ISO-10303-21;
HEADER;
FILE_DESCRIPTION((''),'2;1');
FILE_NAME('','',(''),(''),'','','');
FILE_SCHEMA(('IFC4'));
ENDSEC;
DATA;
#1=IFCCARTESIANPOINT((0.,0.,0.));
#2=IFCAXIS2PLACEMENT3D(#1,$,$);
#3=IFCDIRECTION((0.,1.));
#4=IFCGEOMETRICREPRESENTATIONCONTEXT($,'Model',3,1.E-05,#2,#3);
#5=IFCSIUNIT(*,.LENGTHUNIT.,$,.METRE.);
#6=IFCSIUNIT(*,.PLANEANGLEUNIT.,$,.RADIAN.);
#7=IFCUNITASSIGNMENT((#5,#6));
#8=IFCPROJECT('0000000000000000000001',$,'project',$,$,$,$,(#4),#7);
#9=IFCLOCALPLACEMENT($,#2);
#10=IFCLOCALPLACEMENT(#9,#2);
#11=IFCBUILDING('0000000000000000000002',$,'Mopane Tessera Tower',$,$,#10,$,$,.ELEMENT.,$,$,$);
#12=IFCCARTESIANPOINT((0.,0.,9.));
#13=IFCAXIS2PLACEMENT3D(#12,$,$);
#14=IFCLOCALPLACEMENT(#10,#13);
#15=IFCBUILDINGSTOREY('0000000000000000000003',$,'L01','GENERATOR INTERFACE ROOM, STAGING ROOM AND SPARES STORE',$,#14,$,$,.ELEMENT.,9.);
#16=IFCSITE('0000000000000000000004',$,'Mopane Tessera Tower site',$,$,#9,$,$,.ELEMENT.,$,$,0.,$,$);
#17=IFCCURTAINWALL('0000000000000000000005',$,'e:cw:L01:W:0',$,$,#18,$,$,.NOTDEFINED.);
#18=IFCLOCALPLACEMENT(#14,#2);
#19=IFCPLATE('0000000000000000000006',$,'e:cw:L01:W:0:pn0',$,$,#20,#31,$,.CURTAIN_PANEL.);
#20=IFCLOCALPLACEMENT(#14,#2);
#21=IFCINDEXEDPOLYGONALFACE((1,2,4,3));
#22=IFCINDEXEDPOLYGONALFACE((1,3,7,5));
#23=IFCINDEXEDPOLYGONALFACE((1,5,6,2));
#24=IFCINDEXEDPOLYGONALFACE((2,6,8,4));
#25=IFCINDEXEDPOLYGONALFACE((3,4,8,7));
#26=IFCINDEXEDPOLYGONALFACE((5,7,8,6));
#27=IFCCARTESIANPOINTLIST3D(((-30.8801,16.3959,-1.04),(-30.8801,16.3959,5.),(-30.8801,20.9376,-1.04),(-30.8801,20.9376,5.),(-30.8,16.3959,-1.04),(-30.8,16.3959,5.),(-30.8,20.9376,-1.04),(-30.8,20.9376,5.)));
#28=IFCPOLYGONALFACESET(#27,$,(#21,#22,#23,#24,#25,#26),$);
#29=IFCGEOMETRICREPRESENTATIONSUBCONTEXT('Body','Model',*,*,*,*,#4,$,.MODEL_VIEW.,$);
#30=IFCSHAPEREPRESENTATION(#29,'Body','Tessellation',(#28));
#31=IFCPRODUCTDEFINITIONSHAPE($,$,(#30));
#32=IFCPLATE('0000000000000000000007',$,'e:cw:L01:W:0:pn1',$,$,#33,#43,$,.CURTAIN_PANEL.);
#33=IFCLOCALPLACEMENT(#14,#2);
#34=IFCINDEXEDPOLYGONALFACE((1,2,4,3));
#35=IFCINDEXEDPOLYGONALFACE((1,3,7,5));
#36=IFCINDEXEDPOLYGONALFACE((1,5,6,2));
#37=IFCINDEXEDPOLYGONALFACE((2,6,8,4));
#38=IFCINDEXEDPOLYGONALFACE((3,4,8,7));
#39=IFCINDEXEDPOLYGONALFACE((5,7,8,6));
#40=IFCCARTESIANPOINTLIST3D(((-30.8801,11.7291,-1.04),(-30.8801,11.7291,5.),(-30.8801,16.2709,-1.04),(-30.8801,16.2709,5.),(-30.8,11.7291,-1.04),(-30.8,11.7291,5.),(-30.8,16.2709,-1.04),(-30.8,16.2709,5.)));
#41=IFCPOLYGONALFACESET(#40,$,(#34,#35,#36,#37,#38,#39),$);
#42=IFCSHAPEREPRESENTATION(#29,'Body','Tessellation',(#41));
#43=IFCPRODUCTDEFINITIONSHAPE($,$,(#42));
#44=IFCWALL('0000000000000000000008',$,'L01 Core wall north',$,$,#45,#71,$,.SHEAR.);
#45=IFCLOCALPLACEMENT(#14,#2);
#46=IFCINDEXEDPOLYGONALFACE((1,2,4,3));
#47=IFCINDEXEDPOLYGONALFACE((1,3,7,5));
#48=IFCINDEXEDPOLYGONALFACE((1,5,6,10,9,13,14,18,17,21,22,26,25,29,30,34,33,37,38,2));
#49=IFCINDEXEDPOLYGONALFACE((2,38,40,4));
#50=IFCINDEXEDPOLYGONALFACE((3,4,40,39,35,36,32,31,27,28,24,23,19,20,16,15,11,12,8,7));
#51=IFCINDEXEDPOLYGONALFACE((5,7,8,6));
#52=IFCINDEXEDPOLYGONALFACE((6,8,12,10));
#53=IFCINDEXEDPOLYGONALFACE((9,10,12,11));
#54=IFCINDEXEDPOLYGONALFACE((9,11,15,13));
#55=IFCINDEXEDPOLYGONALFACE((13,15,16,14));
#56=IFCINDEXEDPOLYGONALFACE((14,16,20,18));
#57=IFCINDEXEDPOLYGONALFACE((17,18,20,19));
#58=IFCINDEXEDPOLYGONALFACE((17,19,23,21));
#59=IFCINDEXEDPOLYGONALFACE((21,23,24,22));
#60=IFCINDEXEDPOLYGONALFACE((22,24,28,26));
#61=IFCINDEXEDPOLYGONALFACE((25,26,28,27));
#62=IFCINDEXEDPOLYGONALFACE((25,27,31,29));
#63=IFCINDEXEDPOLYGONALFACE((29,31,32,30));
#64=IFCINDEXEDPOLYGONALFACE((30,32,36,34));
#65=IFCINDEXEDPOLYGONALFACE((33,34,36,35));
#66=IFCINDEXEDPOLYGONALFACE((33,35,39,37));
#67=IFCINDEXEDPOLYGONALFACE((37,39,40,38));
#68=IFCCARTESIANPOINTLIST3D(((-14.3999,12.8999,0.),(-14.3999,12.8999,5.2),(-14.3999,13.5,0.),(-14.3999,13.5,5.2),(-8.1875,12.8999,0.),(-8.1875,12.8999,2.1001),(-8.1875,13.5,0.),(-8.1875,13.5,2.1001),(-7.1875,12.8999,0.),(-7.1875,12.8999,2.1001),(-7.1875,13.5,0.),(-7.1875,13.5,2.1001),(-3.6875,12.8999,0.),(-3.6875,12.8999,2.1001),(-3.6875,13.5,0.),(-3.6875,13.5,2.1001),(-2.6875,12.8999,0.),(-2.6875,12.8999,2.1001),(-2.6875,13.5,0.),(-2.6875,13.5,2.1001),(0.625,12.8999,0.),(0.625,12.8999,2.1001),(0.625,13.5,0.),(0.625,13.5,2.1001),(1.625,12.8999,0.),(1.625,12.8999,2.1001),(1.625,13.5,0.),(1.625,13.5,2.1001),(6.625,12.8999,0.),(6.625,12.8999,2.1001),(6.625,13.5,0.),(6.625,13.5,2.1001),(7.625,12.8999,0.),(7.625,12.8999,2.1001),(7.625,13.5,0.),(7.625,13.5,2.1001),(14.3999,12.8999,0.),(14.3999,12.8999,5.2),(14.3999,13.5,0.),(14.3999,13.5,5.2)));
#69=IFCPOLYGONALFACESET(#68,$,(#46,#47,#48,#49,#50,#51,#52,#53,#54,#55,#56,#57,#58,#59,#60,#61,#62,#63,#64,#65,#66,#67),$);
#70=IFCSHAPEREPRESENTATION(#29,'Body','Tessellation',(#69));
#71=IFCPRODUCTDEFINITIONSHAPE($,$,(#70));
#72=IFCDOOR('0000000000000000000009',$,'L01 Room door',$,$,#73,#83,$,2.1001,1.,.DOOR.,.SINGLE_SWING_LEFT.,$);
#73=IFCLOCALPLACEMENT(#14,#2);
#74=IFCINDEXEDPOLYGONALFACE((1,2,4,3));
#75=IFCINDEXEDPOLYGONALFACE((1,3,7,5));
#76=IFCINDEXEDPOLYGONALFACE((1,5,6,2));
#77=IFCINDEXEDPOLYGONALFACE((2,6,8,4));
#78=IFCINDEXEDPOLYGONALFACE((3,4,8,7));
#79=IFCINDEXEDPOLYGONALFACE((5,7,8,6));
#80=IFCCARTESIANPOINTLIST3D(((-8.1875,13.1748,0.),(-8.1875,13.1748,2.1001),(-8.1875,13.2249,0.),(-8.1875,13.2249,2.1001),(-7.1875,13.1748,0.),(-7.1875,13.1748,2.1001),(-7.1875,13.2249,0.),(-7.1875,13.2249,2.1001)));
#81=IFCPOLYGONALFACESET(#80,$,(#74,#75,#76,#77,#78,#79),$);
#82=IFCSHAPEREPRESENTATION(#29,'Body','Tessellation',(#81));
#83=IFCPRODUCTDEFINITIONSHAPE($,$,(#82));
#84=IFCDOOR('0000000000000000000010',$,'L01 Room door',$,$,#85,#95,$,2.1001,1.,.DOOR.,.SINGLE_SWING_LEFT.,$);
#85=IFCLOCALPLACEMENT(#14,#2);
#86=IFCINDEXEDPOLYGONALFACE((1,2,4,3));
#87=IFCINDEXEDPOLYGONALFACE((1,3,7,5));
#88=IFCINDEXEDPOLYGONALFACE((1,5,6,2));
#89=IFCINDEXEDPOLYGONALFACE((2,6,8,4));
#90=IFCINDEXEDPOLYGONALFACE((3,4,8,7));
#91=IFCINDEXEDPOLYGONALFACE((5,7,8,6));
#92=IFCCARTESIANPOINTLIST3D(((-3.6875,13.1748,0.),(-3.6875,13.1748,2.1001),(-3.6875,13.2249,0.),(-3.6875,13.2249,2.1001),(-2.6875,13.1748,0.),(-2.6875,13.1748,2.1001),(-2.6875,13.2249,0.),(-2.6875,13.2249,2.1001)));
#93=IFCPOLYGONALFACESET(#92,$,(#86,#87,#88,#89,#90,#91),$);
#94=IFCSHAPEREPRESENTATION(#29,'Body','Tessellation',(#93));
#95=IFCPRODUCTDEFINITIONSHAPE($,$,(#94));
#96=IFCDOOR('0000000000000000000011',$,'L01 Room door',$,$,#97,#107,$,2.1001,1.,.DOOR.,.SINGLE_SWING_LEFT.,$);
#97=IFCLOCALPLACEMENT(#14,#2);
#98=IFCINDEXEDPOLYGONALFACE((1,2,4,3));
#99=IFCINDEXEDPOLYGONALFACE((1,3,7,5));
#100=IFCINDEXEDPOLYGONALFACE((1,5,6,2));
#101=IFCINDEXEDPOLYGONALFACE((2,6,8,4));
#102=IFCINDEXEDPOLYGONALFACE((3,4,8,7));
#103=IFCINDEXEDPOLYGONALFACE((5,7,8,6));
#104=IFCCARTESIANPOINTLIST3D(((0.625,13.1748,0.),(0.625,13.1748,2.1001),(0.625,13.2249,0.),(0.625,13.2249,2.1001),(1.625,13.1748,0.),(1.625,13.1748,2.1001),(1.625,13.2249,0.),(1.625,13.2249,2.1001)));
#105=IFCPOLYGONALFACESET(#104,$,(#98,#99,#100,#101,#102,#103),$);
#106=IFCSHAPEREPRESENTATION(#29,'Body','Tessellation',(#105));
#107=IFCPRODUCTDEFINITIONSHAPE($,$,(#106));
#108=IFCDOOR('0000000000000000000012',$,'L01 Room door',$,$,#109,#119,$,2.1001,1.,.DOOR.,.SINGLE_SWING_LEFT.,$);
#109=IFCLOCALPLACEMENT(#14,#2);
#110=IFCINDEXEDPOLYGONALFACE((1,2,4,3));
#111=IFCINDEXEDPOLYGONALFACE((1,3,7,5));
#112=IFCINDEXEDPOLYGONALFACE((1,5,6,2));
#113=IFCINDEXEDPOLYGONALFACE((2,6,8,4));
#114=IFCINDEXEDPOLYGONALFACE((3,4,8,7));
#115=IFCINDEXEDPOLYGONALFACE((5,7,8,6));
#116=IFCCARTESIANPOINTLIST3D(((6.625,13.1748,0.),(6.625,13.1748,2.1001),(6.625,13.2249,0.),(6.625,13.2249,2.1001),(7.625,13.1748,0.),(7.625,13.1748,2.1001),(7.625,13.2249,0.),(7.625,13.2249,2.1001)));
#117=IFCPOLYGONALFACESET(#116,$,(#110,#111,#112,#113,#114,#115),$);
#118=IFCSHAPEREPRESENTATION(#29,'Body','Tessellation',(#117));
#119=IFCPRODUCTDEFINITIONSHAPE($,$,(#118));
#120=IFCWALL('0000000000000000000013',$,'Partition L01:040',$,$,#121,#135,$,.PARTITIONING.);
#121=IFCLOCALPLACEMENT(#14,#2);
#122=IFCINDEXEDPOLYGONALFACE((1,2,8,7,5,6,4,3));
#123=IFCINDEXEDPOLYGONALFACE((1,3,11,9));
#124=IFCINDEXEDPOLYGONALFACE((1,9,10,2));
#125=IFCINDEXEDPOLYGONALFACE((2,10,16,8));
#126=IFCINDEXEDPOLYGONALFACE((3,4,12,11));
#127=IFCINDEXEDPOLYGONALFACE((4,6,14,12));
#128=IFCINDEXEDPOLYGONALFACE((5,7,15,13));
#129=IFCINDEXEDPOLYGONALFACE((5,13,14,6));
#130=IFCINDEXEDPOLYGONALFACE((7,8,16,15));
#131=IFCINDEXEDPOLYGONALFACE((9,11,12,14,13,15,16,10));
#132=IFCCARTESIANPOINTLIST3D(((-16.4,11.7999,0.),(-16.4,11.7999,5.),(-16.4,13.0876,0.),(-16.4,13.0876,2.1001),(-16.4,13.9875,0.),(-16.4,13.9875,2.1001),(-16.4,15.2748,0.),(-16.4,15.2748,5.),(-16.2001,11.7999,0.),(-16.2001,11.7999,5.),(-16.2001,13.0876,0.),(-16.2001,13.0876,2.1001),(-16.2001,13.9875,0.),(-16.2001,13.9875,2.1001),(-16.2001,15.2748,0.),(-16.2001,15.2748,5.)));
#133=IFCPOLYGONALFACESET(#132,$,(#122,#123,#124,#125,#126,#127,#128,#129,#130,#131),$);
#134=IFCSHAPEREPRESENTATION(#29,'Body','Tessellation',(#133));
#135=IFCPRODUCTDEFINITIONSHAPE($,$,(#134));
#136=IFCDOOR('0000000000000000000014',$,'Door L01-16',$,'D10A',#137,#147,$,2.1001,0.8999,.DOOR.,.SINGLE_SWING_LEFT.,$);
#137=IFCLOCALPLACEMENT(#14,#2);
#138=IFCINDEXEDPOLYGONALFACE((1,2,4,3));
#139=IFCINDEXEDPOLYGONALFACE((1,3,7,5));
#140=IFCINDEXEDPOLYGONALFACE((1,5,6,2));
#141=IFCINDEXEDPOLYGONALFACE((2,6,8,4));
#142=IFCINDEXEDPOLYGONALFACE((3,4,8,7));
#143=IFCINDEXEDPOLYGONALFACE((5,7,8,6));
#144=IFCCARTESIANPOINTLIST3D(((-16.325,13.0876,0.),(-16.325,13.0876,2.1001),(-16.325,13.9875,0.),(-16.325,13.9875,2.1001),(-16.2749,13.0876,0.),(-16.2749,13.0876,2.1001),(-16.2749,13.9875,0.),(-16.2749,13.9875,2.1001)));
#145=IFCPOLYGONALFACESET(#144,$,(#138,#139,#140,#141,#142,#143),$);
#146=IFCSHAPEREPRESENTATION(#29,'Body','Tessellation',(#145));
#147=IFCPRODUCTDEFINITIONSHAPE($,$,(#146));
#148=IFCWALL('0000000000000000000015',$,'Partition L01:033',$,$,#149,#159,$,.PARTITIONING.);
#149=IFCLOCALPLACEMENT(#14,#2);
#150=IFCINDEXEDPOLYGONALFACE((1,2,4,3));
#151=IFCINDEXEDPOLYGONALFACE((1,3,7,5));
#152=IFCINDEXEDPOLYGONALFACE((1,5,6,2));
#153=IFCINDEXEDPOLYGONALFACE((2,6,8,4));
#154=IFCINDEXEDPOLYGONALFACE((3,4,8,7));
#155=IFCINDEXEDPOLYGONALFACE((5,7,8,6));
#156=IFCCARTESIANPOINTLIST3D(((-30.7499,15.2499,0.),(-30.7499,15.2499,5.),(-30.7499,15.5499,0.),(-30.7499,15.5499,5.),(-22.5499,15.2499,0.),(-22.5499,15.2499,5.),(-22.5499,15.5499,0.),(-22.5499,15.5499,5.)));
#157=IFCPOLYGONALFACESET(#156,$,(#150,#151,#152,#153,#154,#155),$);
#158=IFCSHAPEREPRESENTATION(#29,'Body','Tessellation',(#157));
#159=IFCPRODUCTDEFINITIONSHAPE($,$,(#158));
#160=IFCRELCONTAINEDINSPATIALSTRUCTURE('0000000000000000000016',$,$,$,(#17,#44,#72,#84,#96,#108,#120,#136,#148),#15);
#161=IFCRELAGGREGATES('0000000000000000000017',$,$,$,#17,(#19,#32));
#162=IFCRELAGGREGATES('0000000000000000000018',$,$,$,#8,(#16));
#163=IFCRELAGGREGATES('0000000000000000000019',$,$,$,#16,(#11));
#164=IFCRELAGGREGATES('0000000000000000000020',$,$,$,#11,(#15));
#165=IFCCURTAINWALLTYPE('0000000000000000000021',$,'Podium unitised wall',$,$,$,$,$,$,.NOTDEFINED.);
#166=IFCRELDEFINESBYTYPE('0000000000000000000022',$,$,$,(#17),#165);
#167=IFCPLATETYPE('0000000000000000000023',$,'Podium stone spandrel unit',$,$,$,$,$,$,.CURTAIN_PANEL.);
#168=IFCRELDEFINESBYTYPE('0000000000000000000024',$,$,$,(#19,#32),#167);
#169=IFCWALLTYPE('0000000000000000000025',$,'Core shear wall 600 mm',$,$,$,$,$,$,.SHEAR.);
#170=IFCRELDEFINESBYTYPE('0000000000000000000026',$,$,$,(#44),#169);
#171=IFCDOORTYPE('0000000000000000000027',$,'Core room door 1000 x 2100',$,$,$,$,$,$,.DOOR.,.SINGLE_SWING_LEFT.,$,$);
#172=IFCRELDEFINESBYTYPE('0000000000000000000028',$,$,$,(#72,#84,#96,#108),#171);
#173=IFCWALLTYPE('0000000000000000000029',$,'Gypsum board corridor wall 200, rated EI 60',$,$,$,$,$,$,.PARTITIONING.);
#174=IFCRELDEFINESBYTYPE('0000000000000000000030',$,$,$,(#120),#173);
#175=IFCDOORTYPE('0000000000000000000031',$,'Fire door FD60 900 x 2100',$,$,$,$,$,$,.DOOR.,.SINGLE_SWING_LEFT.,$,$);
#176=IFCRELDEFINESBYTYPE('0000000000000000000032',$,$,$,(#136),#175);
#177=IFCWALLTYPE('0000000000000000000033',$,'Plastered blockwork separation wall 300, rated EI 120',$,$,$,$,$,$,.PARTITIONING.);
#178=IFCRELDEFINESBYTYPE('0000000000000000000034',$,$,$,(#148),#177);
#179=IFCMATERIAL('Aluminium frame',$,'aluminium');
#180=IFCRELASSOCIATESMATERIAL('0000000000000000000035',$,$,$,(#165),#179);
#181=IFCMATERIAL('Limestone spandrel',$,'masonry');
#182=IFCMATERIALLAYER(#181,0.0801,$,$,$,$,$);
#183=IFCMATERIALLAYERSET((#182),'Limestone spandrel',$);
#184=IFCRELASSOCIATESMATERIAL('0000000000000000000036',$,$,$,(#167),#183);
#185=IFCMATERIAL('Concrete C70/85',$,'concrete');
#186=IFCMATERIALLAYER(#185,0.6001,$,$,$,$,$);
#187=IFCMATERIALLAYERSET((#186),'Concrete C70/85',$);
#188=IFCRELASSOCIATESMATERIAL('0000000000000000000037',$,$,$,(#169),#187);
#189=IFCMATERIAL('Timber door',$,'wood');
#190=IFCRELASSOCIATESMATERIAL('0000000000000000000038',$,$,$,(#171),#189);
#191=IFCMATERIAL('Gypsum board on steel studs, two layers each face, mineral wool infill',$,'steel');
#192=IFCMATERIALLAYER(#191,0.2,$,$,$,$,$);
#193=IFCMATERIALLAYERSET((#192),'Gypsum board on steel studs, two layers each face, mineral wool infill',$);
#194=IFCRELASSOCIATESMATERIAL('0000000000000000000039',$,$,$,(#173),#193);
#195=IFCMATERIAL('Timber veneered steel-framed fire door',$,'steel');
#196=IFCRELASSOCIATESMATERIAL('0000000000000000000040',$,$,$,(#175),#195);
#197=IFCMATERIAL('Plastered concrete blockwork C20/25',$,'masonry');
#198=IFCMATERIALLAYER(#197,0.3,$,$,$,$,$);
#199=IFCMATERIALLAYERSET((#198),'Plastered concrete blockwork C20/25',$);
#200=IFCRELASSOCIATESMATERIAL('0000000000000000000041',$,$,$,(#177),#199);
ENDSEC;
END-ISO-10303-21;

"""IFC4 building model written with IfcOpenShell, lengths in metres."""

from ifc_helpers import new_model, si_unit, direction, frame, frame_2d, origin, origin_2d, place, context, subcontext, project, spatial, rectangle, extrude, material, layer, layer_set, type_object, element, fill, aggregate, save


model = new_model("IFC4")

# Units and contexts
model_context = context("Model", 3, precision=1e-05, world=origin(), true_north=direction((0.0, 1.0)))
body_context = subcontext(model_context, "Body", "Model", "MODEL_VIEW")
ifc_project = project(units=[si_unit("LENGTHUNIT", "METRE"), si_unit("PLANEANGLEUNIT", "RADIAN")], contexts=[model_context])

# Site, building, storey
site_placement = place(None, origin())
site = spatial("IfcSite", under=ifc_project, at=site_placement, Name="Mopane Tessera Tower site", CompositionType="ELEMENT", RefElevation=0.0)
building_placement = place(site_placement, origin())
building = spatial("IfcBuilding", under=site, at=building_placement, Name="Mopane Tessera Tower", CompositionType="ELEMENT")
storey_placement = place(building_placement, frame((0.0, 0.0, 9.0)))
storey = spatial("IfcBuildingStorey", under=building, at=storey_placement, Name="L01", Description="GENERATOR INTERFACE ROOM, STAGING ROOM AND SPARES STORE", CompositionType="ELEMENT", Elevation=9.0)

# Curtain wall
ifc_material_1 = material(Name="Aluminium frame", Category="aluminium")
curtain_wall_type = type_object("IfcCurtainWallType", Name="Podium unitised wall", PredefinedType="NOTDEFINED", material=ifc_material_1)
curtain_wall_1_placement = place(storey_placement, origin())
curtain_wall_1 = element("IfcCurtainWall", 1, at=curtain_wall_1_placement, inside=storey, type_object=curtain_wall_type, Name="e:cw:L01:W:0", PredefinedType="NOTDEFINED")

# Plates
ifc_material_2 = material(Name="Limestone spandrel", Category="masonry")
ifc_layer_1 = layer(ifc_material_2, 0.0801)
ifc_layer_set_1 = layer_set([ifc_layer_1], Name="Limestone spandrel")
plate_type = type_object("IfcPlateType", Name="Podium stone spandrel unit", PredefinedType="CURTAIN_PANEL", material=ifc_layer_set_1)
plate_1_placement = place(storey_placement, frame((-30.8401, 18.6667, -1.04), z_axis=(0.0, 0.0, 1.0), x_axis=(0.0, -1.0, 0.0)))
plate_1 = element("IfcPlate", 2, at=plate_1_placement, type_object=plate_type, Name="e:cw:L01:W:0:pn0", PredefinedType="CURTAIN_PANEL", context=body_context, shape_type="SweptSolid", body=[
    extrude(rectangle(XDim=4.5417, YDim=0.0801, at=origin_2d()), origin(), (0.0, 0.0, 1.0), 6.04),
])
plate_2_placement = place(storey_placement, frame((-30.8401, 14.0, -1.04), z_axis=(0.0, 0.0, 1.0), x_axis=(0.0, -1.0, 0.0)))
plate_2 = element("IfcPlate", 3, at=plate_2_placement, type_object=plate_type, Name="e:cw:L01:W:0:pn1", PredefinedType="CURTAIN_PANEL", context=body_context, shape_type="SweptSolid", body=[
    extrude(rectangle(XDim=4.5417, YDim=0.0801, at=origin_2d()), origin(), (0.0, 0.0, 1.0), 6.04),
])
aggregate(curtain_wall_1, [plate_1, plate_2])

# Wall, openings, doors
ifc_material_3 = material(Name="Concrete C70/85", Category="concrete")
ifc_layer_2 = layer(ifc_material_3, 0.6001)
ifc_layer_set_2 = layer_set([ifc_layer_2], Name="Concrete C70/85")
wall_type_1 = type_object("IfcWallType", Name="Core shear wall 600 mm", PredefinedType="SHEAR", material=ifc_layer_set_2)
wall_1_placement = place(storey_placement, frame((-14.3999, 13.2, 0.0), z_axis=(0.0, 0.0, 1.0), x_axis=(1.0, 0.0, 0.0)))
wall_1 = element("IfcWall", 4, at=wall_1_placement, inside=storey, type_object=wall_type_1, Name="L01 Core wall north", PredefinedType="SHEAR", context=body_context, shape_type="SweptSolid", body=[
    extrude(rectangle(XDim=28.7998, YDim=0.6001, at=frame_2d((14.3999, 0.0))), origin(), (0.0, 0.0, 1.0), 5.2),
])
opening_1_placement = place(wall_1_placement, frame((6.2124, 0.0, 0.0)))
opening_1 = element("IfcOpeningElement", 5, at=opening_1_placement, cuts=wall_1, PredefinedType="OPENING", context=body_context, shape_type="SweptSolid", body=[
    extrude(rectangle(XDim=1.0, YDim=2.1001, at=frame_2d((0.5, 1.05))), frame((0.0, 0.312, 0.0), z_axis=(0.0, -1.0, 0.0), x_axis=(1.0, 0.0, 0.0)), (0.0, 0.0, 1.0), 0.624),
])
opening_2_placement = place(wall_1_placement, frame((10.7124, 0.0, 0.0)))
opening_2 = element("IfcOpeningElement", 6, at=opening_2_placement, cuts=wall_1, PredefinedType="OPENING", context=body_context, shape_type="SweptSolid", body=[
    extrude(rectangle(XDim=1.0, YDim=2.1001, at=frame_2d((0.5, 1.05))), frame((0.0, 0.312, 0.0), z_axis=(0.0, -1.0, 0.0), x_axis=(1.0, 0.0, 0.0)), (0.0, 0.0, 1.0), 0.624),
])
opening_3_placement = place(wall_1_placement, frame((15.0249, 0.0, 0.0)))
opening_3 = element("IfcOpeningElement", 7, at=opening_3_placement, cuts=wall_1, PredefinedType="OPENING", context=body_context, shape_type="SweptSolid", body=[
    extrude(rectangle(XDim=1.0, YDim=2.1001, at=frame_2d((0.5, 1.05))), frame((0.0, 0.312, 0.0), z_axis=(0.0, -1.0, 0.0), x_axis=(1.0, 0.0, 0.0)), (0.0, 0.0, 1.0), 0.624),
])
opening_4_placement = place(wall_1_placement, frame((21.0249, 0.0, 0.0)))
opening_4 = element("IfcOpeningElement", 8, at=opening_4_placement, cuts=wall_1, PredefinedType="OPENING", context=body_context, shape_type="SweptSolid", body=[
    extrude(rectangle(XDim=1.0, YDim=2.1001, at=frame_2d((0.5, 1.05))), frame((0.0, 0.312, 0.0), z_axis=(0.0, -1.0, 0.0), x_axis=(1.0, 0.0, 0.0)), (0.0, 0.0, 1.0), 0.624),
])
ifc_material_4 = material(Name="Timber door", Category="wood")
door_type_1 = type_object("IfcDoorType", Name="Core room door 1000 x 2100", OperationType="SINGLE_SWING_LEFT", PredefinedType="DOOR", material=ifc_material_4)
door_1_placement = place(opening_1_placement, origin())
door_1 = element("IfcDoor", 9, at=door_1_placement, inside=storey, type_object=door_type_1, Name="L01 Room door", OperationType="SINGLE_SWING_LEFT", OverallHeight=2.1001, OverallWidth=1.0, PredefinedType="DOOR", context=body_context, shape_type="SweptSolid", body=[
    extrude(rectangle(XDim=1.0, YDim=2.1001, at=frame_2d((0.5, 1.05))), frame((0.0, 0.0249, 0.0), z_axis=(0.0, -1.0, 0.0), x_axis=(1.0, 0.0, 0.0)), (0.0, 0.0, 1.0), 0.05),
])
fill(opening_1, door_1)
door_2_placement = place(opening_2_placement, origin())
door_2 = element("IfcDoor", 10, at=door_2_placement, inside=storey, type_object=door_type_1, Name="L01 Room door", OperationType="SINGLE_SWING_LEFT", OverallHeight=2.1001, OverallWidth=1.0, PredefinedType="DOOR", context=body_context, shape_type="SweptSolid", body=[
    extrude(rectangle(XDim=1.0, YDim=2.1001, at=frame_2d((0.5, 1.05))), frame((0.0, 0.0249, 0.0), z_axis=(0.0, -1.0, 0.0), x_axis=(1.0, 0.0, 0.0)), (0.0, 0.0, 1.0), 0.05),
])
fill(opening_2, door_2)
door_3_placement = place(opening_3_placement, origin())
door_3 = element("IfcDoor", 11, at=door_3_placement, inside=storey, type_object=door_type_1, Name="L01 Room door", OperationType="SINGLE_SWING_LEFT", OverallHeight=2.1001, OverallWidth=1.0, PredefinedType="DOOR", context=body_context, shape_type="SweptSolid", body=[
    extrude(rectangle(XDim=1.0, YDim=2.1001, at=frame_2d((0.5, 1.05))), frame((0.0, 0.0249, 0.0), z_axis=(0.0, -1.0, 0.0), x_axis=(1.0, 0.0, 0.0)), (0.0, 0.0, 1.0), 0.05),
])
fill(opening_3, door_3)
door_4_placement = place(opening_4_placement, origin())
door_4 = element("IfcDoor", 12, at=door_4_placement, inside=storey, type_object=door_type_1, Name="L01 Room door", OperationType="SINGLE_SWING_LEFT", OverallHeight=2.1001, OverallWidth=1.0, PredefinedType="DOOR", context=body_context, shape_type="SweptSolid", body=[
    extrude(rectangle(XDim=1.0, YDim=2.1001, at=frame_2d((0.5, 1.05))), frame((0.0, 0.0249, 0.0), z_axis=(0.0, -1.0, 0.0), x_axis=(1.0, 0.0, 0.0)), (0.0, 0.0, 1.0), 0.05),
])
fill(opening_4, door_4)

# Wall, opening, door
ifc_material_5 = material(Name="Gypsum board on steel studs, two layers each face, mineral wool infill", Category="steel")
ifc_layer_3 = layer(ifc_material_5, 0.2)
ifc_layer_set_3 = layer_set([ifc_layer_3], Name="Gypsum board on steel studs, two layers each face, mineral wool infill")
wall_type_2 = type_object("IfcWallType", Name="Gypsum board corridor wall 200, rated EI 60", PredefinedType="PARTITIONING", material=ifc_layer_set_3)
wall_2_placement = place(storey_placement, frame((-16.3, 11.8, 0.0), z_axis=(0.0, 0.0, 1.0), x_axis=(0.0, 1.0, 0.0)))
wall_2 = element("IfcWall", 13, at=wall_2_placement, inside=storey, type_object=wall_type_2, Name="Partition L01:040", PredefinedType="PARTITIONING", context=body_context, shape_type="SweptSolid", body=[
    extrude(rectangle(XDim=3.4749, YDim=0.2, at=frame_2d((1.7373, 0.0))), origin(), (0.0, 0.0, 1.0), 5.0),
])
opening_5_placement = place(wall_2_placement, frame((1.2876, 0.0, 0.0)))
opening_5 = element("IfcOpeningElement", 14, at=opening_5_placement, cuts=wall_2, PredefinedType="OPENING", context=body_context, shape_type="SweptSolid", body=[
    extrude(rectangle(XDim=0.8999, YDim=2.1001, at=frame_2d((0.45, 1.05))), frame((0.0, 0.1121, 0.0), z_axis=(0.0, -1.0, 0.0), x_axis=(1.0, 0.0, 0.0)), (0.0, 0.0, 1.0), 0.2239),
])
ifc_material_6 = material(Name="Timber veneered steel-framed fire door", Category="steel")
door_type_2 = type_object("IfcDoorType", Name="Fire door FD60 900 x 2100", OperationType="SINGLE_SWING_LEFT", PredefinedType="DOOR", material=ifc_material_6)
door_5_placement = place(opening_5_placement, origin())
door_5 = element("IfcDoor", 15, at=door_5_placement, inside=storey, type_object=door_type_2, Name="Door L01-16", ObjectType="D10A", OperationType="SINGLE_SWING_LEFT", OverallHeight=2.1001, OverallWidth=0.8999, PredefinedType="DOOR", context=body_context, shape_type="SweptSolid", body=[
    extrude(rectangle(XDim=0.8999, YDim=2.1001, at=frame_2d((0.45, 1.05))), frame((0.0, 0.0249, 0.0), z_axis=(0.0, -1.0, 0.0), x_axis=(1.0, 0.0, 0.0)), (0.0, 0.0, 1.0), 0.05),
])
fill(opening_5, door_5)

# Wall
ifc_material_7 = material(Name="Plastered concrete blockwork C20/25", Category="masonry")
ifc_layer_4 = layer(ifc_material_7, 0.3)
ifc_layer_set_4 = layer_set([ifc_layer_4], Name="Plastered concrete blockwork C20/25")
wall_type_3 = type_object("IfcWallType", Name="Plastered blockwork separation wall 300, rated EI 120", PredefinedType="PARTITIONING", material=ifc_layer_set_4)
wall_3_placement = place(storey_placement, frame((-30.75, 15.3999, 0.0), z_axis=(0.0, 0.0, 1.0), x_axis=(1.0, 0.0, 0.0)))
element("IfcWall", 16, at=wall_3_placement, inside=storey, type_object=wall_type_3, Name="Partition L01:033", PredefinedType="PARTITIONING", context=body_context, shape_type="SweptSolid", body=[
    extrude(rectangle(XDim=8.2, YDim=0.3, at=frame_2d((4.1001, 0.0))), origin(), (0.0, 0.0, 1.0), 5.0),
])

save(model, "model.ifc")
